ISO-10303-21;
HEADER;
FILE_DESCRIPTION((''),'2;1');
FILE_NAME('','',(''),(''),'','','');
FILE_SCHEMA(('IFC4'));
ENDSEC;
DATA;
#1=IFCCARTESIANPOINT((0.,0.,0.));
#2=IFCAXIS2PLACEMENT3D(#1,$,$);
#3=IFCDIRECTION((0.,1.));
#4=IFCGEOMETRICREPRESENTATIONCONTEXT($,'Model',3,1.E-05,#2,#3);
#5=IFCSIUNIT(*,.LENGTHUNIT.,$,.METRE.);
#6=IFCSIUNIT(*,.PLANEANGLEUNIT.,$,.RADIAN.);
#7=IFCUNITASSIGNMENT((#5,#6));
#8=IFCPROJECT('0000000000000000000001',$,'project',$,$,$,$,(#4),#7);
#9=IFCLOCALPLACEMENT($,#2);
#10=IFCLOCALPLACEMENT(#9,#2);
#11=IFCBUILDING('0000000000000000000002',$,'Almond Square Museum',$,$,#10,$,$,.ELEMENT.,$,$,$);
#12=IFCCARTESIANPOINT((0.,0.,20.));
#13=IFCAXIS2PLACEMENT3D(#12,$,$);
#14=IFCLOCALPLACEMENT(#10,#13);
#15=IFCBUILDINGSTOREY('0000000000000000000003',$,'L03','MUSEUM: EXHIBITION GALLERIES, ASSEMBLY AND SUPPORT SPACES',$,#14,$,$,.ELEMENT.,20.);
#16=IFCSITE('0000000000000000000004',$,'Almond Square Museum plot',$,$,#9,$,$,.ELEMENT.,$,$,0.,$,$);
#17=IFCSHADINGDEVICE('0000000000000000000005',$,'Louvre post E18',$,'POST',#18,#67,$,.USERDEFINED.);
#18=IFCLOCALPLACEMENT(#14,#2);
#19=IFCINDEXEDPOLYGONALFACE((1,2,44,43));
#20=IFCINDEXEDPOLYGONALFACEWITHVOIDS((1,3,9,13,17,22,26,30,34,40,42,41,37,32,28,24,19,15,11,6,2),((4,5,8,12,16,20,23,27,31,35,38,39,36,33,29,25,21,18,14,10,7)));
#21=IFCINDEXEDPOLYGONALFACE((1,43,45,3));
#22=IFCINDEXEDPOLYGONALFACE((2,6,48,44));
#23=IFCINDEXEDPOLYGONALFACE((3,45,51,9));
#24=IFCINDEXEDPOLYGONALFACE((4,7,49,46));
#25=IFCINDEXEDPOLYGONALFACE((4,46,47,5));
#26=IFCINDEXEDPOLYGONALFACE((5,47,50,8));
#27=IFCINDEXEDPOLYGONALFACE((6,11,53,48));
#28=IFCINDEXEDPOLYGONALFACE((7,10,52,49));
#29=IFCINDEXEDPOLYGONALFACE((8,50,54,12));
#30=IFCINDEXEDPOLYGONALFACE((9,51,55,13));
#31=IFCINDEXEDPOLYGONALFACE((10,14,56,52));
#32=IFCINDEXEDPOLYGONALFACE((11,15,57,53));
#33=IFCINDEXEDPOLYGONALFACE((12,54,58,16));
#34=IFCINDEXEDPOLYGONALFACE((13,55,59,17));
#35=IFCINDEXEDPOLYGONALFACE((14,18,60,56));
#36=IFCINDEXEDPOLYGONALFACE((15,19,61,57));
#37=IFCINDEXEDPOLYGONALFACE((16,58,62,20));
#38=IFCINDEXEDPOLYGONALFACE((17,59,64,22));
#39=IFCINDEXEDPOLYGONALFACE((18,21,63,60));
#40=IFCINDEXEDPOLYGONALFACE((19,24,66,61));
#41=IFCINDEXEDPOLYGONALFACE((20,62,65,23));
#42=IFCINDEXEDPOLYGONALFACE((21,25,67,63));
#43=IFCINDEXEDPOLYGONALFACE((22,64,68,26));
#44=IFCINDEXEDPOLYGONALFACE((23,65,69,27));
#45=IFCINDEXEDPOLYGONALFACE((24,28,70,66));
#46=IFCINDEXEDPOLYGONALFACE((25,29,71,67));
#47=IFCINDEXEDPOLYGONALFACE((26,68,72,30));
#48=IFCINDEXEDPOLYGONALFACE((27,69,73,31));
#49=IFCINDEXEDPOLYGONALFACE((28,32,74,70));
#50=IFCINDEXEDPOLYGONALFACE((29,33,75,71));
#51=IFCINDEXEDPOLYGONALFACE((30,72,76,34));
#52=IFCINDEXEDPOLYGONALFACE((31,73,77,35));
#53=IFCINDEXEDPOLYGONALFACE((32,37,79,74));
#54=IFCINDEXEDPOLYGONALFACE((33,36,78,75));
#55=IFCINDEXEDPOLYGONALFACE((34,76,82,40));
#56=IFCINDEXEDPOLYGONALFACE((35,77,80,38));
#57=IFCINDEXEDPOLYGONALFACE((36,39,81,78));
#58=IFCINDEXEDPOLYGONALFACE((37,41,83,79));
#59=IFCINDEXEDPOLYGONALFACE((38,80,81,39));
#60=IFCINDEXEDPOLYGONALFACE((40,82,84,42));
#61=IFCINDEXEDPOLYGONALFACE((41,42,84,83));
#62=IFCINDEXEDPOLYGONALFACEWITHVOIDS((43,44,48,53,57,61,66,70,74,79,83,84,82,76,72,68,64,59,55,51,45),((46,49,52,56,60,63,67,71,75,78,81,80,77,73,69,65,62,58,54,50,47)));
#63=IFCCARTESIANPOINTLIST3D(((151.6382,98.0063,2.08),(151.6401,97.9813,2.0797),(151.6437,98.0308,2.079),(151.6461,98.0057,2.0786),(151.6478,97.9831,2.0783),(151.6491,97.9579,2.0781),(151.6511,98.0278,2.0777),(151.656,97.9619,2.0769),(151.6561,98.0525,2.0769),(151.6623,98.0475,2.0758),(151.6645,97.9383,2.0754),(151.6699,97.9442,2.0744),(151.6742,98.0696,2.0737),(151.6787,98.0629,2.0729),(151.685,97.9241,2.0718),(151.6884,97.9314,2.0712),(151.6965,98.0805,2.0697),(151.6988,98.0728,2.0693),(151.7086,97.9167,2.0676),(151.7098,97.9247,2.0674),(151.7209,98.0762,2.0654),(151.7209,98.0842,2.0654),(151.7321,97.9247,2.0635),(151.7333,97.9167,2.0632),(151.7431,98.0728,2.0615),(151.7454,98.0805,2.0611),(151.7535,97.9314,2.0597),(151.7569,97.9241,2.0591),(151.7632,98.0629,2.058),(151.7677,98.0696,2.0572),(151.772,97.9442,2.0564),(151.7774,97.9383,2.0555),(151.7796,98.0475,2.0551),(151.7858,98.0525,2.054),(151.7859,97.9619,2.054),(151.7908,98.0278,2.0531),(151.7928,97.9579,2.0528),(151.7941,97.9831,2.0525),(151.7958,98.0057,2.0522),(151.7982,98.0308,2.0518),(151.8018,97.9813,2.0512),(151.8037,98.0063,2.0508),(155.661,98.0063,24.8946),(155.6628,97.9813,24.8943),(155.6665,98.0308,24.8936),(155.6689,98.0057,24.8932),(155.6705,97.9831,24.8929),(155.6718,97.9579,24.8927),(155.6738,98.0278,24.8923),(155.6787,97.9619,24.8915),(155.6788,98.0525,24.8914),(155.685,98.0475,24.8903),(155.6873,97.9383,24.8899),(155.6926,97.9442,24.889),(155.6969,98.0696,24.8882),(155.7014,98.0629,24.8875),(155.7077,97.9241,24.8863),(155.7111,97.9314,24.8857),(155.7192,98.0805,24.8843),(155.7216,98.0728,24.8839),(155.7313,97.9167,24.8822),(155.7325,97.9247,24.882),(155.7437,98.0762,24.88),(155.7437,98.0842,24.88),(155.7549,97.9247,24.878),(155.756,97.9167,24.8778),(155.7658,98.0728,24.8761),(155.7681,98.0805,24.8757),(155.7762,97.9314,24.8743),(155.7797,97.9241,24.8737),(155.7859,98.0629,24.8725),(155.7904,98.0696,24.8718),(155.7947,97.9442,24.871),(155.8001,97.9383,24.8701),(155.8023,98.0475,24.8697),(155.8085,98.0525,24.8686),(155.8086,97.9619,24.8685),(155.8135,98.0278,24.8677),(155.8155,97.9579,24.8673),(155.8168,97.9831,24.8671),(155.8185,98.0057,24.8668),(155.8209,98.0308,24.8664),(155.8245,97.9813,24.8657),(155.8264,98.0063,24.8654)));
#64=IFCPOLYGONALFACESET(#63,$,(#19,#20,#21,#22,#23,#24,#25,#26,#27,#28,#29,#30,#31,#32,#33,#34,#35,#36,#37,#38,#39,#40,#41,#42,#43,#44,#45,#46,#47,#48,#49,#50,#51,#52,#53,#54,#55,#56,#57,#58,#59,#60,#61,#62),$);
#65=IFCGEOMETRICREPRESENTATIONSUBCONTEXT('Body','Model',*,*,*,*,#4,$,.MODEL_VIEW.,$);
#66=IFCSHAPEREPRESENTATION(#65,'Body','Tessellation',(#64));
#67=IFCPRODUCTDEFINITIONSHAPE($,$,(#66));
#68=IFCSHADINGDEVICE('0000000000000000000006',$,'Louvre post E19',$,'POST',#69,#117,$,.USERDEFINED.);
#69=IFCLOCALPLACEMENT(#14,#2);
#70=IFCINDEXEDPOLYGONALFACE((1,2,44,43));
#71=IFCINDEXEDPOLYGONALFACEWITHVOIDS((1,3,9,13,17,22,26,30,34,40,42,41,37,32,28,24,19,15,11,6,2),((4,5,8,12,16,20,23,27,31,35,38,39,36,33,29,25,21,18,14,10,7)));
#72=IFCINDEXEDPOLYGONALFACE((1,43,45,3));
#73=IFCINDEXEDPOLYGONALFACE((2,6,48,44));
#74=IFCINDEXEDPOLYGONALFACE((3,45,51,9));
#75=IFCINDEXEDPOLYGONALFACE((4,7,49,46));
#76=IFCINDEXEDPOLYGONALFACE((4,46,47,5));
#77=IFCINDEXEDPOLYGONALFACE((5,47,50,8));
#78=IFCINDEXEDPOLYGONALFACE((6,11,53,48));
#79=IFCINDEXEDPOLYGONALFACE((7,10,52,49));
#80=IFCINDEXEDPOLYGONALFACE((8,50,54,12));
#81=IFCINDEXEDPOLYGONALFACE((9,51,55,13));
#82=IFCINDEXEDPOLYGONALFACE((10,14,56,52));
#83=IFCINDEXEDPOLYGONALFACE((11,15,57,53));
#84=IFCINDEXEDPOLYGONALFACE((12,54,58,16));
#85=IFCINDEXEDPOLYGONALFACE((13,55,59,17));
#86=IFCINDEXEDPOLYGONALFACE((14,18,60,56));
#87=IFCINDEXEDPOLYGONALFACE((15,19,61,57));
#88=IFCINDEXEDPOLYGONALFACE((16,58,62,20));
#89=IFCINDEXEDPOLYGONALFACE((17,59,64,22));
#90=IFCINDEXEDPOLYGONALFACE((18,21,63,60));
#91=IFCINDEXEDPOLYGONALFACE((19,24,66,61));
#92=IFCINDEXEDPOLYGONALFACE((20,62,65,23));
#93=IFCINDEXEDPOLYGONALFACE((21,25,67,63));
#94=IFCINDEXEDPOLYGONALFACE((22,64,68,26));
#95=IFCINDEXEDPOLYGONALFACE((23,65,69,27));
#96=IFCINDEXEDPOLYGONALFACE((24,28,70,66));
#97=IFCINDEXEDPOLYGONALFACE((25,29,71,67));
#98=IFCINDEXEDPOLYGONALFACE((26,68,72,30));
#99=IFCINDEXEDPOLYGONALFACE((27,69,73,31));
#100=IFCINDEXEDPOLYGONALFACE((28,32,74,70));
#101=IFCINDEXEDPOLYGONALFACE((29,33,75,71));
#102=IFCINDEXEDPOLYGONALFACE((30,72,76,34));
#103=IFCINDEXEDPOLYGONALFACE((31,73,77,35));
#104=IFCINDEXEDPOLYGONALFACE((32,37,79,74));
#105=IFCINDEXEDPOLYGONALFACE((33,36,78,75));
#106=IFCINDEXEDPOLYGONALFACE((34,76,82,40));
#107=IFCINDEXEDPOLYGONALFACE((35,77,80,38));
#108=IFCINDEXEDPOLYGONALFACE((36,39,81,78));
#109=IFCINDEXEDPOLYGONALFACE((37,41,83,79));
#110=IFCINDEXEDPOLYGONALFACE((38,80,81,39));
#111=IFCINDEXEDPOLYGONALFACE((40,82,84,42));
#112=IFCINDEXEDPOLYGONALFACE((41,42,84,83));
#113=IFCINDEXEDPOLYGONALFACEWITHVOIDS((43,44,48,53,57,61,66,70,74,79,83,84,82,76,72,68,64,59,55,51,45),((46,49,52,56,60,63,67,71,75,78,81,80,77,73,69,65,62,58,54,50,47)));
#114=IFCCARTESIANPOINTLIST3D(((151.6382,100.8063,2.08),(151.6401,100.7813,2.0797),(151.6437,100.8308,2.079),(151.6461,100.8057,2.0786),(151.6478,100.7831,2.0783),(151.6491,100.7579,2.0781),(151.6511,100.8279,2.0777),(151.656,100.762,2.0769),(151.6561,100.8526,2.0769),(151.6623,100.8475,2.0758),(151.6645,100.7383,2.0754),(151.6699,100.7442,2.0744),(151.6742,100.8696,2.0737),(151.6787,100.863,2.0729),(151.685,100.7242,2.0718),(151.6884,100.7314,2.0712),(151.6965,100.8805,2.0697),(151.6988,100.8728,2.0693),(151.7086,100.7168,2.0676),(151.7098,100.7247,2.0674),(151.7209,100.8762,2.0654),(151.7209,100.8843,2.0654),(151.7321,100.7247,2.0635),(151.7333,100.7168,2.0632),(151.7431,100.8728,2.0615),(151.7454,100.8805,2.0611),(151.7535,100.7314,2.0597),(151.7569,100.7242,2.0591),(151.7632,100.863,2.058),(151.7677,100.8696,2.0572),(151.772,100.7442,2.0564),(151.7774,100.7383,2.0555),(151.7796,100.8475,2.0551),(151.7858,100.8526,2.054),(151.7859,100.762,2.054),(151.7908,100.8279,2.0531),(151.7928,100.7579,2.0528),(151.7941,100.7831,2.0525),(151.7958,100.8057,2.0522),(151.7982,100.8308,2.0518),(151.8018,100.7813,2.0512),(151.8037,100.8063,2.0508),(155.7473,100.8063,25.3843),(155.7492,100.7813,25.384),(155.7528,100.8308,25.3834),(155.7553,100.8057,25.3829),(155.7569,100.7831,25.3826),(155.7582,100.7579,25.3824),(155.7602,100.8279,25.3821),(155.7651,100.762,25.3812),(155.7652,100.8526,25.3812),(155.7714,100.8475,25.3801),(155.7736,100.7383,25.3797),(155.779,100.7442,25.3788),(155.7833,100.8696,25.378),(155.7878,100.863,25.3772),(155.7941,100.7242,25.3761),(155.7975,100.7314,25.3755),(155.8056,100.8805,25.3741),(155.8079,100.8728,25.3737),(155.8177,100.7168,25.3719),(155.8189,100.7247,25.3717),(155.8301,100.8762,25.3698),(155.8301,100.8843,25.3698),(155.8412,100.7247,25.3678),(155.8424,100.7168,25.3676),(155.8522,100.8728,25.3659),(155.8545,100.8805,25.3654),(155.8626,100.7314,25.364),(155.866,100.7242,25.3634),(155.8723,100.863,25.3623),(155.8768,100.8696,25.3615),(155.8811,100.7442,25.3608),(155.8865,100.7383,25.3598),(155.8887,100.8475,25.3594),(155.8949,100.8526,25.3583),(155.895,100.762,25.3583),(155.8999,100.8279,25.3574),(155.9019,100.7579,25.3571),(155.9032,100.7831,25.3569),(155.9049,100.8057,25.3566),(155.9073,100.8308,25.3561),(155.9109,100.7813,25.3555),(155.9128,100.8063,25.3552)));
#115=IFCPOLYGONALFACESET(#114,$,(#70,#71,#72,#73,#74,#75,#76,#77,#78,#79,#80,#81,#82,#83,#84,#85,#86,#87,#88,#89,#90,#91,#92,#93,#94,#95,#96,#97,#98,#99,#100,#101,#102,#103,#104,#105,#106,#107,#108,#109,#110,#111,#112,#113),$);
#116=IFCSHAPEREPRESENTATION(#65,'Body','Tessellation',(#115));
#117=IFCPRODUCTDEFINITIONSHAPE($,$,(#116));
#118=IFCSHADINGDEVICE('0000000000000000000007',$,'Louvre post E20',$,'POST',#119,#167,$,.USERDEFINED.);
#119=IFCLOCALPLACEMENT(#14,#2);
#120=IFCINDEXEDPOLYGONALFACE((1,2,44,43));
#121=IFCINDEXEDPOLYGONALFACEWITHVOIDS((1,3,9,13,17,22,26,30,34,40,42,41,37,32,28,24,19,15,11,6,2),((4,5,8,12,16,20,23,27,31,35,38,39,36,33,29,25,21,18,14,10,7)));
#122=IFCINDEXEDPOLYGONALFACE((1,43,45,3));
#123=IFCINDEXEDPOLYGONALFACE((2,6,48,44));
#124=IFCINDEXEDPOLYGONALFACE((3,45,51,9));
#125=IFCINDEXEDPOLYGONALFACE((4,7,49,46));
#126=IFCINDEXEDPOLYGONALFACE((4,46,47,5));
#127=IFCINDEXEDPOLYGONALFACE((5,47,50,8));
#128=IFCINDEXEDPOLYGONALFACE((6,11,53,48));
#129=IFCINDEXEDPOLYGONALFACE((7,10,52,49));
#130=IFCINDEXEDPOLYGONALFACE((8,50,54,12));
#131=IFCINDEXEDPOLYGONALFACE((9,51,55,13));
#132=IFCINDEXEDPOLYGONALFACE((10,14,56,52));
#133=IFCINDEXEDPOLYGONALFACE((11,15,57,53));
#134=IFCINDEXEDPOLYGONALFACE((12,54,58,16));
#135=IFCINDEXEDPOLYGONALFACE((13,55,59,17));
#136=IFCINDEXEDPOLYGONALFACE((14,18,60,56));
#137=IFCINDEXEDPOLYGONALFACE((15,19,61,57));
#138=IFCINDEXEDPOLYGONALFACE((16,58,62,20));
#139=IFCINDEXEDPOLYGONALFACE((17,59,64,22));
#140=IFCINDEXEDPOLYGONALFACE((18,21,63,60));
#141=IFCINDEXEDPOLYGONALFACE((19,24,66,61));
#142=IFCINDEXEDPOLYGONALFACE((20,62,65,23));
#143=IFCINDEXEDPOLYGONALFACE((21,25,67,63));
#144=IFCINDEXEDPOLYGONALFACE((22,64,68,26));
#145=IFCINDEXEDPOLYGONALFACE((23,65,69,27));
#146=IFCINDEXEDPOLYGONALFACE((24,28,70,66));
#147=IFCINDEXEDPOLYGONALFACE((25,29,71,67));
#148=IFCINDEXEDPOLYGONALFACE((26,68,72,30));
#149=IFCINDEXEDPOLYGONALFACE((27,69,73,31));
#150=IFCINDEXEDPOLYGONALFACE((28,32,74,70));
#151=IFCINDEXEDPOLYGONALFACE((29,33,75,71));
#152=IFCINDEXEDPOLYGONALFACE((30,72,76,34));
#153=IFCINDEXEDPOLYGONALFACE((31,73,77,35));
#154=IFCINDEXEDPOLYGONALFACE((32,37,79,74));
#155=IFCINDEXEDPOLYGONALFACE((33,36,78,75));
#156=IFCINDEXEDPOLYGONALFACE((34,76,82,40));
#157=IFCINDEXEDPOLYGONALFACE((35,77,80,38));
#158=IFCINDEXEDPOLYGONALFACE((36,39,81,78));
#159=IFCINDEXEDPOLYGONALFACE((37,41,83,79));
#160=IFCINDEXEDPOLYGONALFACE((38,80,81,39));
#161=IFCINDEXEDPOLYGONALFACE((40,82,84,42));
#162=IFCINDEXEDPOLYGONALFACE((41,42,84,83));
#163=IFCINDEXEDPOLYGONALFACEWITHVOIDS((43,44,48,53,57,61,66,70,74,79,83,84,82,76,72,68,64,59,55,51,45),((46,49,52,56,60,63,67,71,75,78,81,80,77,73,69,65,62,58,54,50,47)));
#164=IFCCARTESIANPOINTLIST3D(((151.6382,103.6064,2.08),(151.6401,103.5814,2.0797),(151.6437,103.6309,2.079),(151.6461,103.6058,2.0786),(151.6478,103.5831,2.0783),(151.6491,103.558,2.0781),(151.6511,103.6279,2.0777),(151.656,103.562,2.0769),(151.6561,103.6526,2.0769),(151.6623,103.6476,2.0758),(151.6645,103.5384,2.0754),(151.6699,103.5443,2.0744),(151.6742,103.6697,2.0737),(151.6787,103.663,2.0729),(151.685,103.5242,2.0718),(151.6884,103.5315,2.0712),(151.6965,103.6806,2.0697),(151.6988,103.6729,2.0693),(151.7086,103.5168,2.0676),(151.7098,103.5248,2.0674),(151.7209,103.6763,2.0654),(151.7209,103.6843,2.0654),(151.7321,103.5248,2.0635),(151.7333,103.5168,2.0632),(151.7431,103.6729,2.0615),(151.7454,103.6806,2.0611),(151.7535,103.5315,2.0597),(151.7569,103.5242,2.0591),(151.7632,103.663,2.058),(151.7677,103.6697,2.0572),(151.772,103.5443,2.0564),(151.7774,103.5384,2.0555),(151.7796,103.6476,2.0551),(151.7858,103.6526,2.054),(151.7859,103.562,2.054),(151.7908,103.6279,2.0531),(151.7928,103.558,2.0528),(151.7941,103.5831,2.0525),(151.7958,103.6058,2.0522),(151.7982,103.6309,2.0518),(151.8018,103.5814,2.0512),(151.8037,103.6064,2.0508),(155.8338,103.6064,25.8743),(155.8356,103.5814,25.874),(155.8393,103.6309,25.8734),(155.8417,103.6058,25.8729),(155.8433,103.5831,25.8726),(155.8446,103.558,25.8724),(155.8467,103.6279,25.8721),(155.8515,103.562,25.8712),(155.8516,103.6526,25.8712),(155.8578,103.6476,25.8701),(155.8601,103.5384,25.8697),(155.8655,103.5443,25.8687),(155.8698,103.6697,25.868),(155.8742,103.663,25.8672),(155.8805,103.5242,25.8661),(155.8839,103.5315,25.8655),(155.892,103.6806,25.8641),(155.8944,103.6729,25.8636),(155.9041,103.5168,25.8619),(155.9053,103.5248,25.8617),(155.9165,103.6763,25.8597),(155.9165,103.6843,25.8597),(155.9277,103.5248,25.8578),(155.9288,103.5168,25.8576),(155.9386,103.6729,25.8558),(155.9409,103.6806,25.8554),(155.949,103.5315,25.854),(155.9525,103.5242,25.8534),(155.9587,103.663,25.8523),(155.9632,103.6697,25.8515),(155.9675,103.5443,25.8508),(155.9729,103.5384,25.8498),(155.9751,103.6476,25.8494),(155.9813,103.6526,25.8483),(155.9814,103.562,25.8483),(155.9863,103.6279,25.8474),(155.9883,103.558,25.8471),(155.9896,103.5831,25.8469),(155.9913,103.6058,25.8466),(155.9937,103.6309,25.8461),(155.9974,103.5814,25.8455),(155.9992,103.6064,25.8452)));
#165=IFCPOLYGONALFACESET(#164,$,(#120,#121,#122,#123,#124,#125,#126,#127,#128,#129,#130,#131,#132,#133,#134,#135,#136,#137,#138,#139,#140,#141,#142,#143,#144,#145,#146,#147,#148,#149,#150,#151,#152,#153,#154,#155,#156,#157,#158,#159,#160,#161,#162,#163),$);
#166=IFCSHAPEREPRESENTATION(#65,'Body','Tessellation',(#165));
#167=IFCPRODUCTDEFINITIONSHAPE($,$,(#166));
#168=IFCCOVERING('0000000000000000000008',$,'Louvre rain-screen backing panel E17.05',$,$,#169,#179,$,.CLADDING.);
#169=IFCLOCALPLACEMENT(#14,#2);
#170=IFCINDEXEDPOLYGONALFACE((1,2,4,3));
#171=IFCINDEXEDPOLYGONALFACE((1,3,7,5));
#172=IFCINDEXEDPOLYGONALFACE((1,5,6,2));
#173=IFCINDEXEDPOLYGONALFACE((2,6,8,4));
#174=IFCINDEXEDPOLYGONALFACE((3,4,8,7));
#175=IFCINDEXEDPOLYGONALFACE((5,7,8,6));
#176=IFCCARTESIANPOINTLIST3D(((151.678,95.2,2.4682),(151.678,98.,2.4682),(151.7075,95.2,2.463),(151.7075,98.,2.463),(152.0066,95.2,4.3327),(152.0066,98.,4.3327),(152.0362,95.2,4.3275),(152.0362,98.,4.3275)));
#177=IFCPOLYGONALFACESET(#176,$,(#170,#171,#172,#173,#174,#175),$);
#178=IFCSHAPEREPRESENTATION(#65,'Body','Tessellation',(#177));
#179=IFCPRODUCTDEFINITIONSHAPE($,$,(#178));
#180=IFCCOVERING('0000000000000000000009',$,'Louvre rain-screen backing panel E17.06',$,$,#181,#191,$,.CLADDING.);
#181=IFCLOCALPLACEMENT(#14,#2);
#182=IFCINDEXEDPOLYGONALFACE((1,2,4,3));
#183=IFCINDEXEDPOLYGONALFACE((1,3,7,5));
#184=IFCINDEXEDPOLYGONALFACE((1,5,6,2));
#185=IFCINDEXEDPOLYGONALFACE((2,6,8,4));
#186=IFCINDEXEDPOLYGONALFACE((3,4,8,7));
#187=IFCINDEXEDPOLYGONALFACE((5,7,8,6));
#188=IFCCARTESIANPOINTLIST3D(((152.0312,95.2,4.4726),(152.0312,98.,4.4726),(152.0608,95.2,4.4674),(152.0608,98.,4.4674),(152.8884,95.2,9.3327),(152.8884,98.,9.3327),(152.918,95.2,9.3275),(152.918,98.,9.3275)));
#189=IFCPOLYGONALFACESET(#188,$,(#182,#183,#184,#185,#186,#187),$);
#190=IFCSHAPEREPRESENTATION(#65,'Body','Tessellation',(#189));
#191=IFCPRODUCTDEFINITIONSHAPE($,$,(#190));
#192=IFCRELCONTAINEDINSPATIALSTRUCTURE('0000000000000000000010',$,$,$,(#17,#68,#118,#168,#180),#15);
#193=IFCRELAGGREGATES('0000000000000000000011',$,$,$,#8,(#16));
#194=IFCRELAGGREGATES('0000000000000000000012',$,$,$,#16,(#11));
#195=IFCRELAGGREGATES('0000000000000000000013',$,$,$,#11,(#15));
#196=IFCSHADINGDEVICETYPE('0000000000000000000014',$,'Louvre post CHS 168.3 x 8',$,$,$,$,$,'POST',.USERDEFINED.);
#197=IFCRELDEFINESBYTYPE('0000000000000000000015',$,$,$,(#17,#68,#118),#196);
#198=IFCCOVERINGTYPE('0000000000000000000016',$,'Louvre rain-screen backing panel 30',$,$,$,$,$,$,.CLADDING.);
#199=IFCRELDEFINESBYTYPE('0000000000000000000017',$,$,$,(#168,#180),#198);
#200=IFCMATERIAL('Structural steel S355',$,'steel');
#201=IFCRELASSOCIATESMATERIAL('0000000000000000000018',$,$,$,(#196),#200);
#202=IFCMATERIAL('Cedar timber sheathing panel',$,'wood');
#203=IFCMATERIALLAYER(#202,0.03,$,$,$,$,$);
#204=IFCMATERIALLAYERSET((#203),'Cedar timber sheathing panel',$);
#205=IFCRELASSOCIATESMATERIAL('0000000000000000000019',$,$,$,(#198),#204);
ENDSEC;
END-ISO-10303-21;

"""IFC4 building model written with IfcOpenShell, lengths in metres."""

from ifc_helpers import new_model, si_unit, direction, frame, origin, origin_2d, place, context, subcontext, project, spatial, polyline, hollow_circle, outline, extrude, material, layer, layer_set, material_profile, profile_set, type_object, element, save


model = new_model("IFC4")

# Units and contexts
model_context = context("Model", 3, precision=1e-05, world=origin(), true_north=direction((0.0, 1.0)))
body_context = subcontext(model_context, "Body", "Model", "MODEL_VIEW")
ifc_project = project(units=[si_unit("LENGTHUNIT", "METRE"), si_unit("PLANEANGLEUNIT", "RADIAN")], contexts=[model_context])

# Site, building, storey
site_placement = place(None, origin())
site = spatial("IfcSite", under=ifc_project, at=site_placement, Name="Almond Square Museum plot", CompositionType="ELEMENT", RefElevation=0.0)
building_placement = place(site_placement, origin())
building = spatial("IfcBuilding", under=site, at=building_placement, Name="Almond Square Museum", CompositionType="ELEMENT")
storey_placement = place(building_placement, frame((0.0, 0.0, 20.0)))
storey = spatial("IfcBuildingStorey", under=building, at=storey_placement, Name="L03", Description="MUSEUM: EXHIBITION GALLERIES, ASSEMBLY AND SUPPORT SPACES", CompositionType="ELEMENT", Elevation=20.0)

# Shading devices
ifc_material_1 = material(Name="Structural steel S355", Category="steel")
ifc_material_profile_1 = material_profile(ifc_material_1, hollow_circle(Radius=0.0842, WallThickness=0.0081, at=origin_2d()))
ifc_profile_set_1 = profile_set([ifc_material_profile_1], Name="Structural steel S355")
shading_device_type = type_object("IfcShadingDeviceType", Name="Louvre post CHS 168.3 x 8", ElementType="POST", PredefinedType="USERDEFINED", material=ifc_profile_set_1)
shading_device_1_placement = place(storey_placement, frame((151.7209, 98.0, 2.0654), z_axis=(0.173644, 0.0, 0.984808), x_axis=(0.0, 1.0, 0.0)))
element("IfcShadingDevice", 1, at=shading_device_1_placement, inside=storey, type_object=shading_device_type, Name="Louvre post E18", ObjectType="POST", PredefinedType="USERDEFINED", context=body_context, shape_type="SweptSolid", body=[
    extrude(hollow_circle(Radius=0.0842, WallThickness=0.0081, at=origin_2d()), origin(), (0.0, 0.0, 1.0), 23.1665),
])
shading_device_2_placement = place(storey_placement, frame((151.7209, 100.8, 2.0654), z_axis=(0.173645, 0.0, 0.984808), x_axis=(0.0, 1.0, 0.0)))
element("IfcShadingDevice", 2, at=shading_device_2_placement, inside=storey, type_object=shading_device_type, Name="Louvre post E19", ObjectType="POST", PredefinedType="USERDEFINED", context=body_context, shape_type="SweptSolid", body=[
    extrude(hollow_circle(Radius=0.0842, WallThickness=0.0081, at=origin_2d()), origin(), (0.0, 0.0, 1.0), 23.6638),
])
shading_device_3_placement = place(storey_placement, frame((151.7209, 103.6001, 2.0654), z_axis=(0.173646, 0.0, 0.984808), x_axis=(0.0, 1.0, 0.0)))
element("IfcShadingDevice", 3, at=shading_device_3_placement, inside=storey, type_object=shading_device_type, Name="Louvre post E20", ObjectType="POST", PredefinedType="USERDEFINED", context=body_context, shape_type="SweptSolid", body=[
    extrude(hollow_circle(Radius=0.0842, WallThickness=0.0081, at=origin_2d()), origin(), (0.0, 0.0, 1.0), 24.1614),
])

# Coverings
ifc_material_2 = material(Name="Cedar timber sheathing panel", Category="wood")
ifc_layer_1 = layer(ifc_material_2, 0.03)
ifc_layer_set_1 = layer_set([ifc_layer_1], Name="Cedar timber sheathing panel")
covering_type_1 = type_object("IfcCoveringType", Name="Louvre rain-screen backing panel 30", PredefinedType="CLADDING", material=ifc_layer_set_1)
covering_1_placement = place(storey_placement, frame((151.6929, 95.2, 2.4656), z_axis=(0.984821, 0.0, -0.173572), x_axis=(0.0, 1.0, 0.0)))
element("IfcCovering", 4, at=covering_1_placement, inside=storey, type_object=covering_type_1, Name="Louvre rain-screen backing panel E17.05", PredefinedType="CLADDING", context=body_context, shape_type="SweptSolid", body=[
    extrude(outline(polyline([(0.0, 0.0), (2.8, 0.0), (2.8, 1.8932), (0.0, 1.8932), (0.0, 0.0)])), frame((0.0, 0.0, -0.0151)), (0.0, 0.0, 1.0), 0.03),
])
covering_2_placement = place(storey_placement, frame((152.0461, 95.2, 4.47), z_axis=(0.9848, 0.0, -0.173689), x_axis=(0.0, 1.0, 0.0)))
element("IfcCovering", 5, at=covering_2_placement, inside=storey, type_object=covering_type_1, Name="Louvre rain-screen backing panel E17.06", PredefinedType="CLADDING", context=body_context, shape_type="SweptSolid", body=[
    extrude(outline(polyline([(0.0, 0.0), (2.8, 0.0), (2.8, 4.9351), (0.0, 4.9351), (0.0, 0.0)])), frame((0.0, 0.0, -0.0151)), (0.0, 0.0, 1.0), 0.03),
])

save(model, "model.ifc")
